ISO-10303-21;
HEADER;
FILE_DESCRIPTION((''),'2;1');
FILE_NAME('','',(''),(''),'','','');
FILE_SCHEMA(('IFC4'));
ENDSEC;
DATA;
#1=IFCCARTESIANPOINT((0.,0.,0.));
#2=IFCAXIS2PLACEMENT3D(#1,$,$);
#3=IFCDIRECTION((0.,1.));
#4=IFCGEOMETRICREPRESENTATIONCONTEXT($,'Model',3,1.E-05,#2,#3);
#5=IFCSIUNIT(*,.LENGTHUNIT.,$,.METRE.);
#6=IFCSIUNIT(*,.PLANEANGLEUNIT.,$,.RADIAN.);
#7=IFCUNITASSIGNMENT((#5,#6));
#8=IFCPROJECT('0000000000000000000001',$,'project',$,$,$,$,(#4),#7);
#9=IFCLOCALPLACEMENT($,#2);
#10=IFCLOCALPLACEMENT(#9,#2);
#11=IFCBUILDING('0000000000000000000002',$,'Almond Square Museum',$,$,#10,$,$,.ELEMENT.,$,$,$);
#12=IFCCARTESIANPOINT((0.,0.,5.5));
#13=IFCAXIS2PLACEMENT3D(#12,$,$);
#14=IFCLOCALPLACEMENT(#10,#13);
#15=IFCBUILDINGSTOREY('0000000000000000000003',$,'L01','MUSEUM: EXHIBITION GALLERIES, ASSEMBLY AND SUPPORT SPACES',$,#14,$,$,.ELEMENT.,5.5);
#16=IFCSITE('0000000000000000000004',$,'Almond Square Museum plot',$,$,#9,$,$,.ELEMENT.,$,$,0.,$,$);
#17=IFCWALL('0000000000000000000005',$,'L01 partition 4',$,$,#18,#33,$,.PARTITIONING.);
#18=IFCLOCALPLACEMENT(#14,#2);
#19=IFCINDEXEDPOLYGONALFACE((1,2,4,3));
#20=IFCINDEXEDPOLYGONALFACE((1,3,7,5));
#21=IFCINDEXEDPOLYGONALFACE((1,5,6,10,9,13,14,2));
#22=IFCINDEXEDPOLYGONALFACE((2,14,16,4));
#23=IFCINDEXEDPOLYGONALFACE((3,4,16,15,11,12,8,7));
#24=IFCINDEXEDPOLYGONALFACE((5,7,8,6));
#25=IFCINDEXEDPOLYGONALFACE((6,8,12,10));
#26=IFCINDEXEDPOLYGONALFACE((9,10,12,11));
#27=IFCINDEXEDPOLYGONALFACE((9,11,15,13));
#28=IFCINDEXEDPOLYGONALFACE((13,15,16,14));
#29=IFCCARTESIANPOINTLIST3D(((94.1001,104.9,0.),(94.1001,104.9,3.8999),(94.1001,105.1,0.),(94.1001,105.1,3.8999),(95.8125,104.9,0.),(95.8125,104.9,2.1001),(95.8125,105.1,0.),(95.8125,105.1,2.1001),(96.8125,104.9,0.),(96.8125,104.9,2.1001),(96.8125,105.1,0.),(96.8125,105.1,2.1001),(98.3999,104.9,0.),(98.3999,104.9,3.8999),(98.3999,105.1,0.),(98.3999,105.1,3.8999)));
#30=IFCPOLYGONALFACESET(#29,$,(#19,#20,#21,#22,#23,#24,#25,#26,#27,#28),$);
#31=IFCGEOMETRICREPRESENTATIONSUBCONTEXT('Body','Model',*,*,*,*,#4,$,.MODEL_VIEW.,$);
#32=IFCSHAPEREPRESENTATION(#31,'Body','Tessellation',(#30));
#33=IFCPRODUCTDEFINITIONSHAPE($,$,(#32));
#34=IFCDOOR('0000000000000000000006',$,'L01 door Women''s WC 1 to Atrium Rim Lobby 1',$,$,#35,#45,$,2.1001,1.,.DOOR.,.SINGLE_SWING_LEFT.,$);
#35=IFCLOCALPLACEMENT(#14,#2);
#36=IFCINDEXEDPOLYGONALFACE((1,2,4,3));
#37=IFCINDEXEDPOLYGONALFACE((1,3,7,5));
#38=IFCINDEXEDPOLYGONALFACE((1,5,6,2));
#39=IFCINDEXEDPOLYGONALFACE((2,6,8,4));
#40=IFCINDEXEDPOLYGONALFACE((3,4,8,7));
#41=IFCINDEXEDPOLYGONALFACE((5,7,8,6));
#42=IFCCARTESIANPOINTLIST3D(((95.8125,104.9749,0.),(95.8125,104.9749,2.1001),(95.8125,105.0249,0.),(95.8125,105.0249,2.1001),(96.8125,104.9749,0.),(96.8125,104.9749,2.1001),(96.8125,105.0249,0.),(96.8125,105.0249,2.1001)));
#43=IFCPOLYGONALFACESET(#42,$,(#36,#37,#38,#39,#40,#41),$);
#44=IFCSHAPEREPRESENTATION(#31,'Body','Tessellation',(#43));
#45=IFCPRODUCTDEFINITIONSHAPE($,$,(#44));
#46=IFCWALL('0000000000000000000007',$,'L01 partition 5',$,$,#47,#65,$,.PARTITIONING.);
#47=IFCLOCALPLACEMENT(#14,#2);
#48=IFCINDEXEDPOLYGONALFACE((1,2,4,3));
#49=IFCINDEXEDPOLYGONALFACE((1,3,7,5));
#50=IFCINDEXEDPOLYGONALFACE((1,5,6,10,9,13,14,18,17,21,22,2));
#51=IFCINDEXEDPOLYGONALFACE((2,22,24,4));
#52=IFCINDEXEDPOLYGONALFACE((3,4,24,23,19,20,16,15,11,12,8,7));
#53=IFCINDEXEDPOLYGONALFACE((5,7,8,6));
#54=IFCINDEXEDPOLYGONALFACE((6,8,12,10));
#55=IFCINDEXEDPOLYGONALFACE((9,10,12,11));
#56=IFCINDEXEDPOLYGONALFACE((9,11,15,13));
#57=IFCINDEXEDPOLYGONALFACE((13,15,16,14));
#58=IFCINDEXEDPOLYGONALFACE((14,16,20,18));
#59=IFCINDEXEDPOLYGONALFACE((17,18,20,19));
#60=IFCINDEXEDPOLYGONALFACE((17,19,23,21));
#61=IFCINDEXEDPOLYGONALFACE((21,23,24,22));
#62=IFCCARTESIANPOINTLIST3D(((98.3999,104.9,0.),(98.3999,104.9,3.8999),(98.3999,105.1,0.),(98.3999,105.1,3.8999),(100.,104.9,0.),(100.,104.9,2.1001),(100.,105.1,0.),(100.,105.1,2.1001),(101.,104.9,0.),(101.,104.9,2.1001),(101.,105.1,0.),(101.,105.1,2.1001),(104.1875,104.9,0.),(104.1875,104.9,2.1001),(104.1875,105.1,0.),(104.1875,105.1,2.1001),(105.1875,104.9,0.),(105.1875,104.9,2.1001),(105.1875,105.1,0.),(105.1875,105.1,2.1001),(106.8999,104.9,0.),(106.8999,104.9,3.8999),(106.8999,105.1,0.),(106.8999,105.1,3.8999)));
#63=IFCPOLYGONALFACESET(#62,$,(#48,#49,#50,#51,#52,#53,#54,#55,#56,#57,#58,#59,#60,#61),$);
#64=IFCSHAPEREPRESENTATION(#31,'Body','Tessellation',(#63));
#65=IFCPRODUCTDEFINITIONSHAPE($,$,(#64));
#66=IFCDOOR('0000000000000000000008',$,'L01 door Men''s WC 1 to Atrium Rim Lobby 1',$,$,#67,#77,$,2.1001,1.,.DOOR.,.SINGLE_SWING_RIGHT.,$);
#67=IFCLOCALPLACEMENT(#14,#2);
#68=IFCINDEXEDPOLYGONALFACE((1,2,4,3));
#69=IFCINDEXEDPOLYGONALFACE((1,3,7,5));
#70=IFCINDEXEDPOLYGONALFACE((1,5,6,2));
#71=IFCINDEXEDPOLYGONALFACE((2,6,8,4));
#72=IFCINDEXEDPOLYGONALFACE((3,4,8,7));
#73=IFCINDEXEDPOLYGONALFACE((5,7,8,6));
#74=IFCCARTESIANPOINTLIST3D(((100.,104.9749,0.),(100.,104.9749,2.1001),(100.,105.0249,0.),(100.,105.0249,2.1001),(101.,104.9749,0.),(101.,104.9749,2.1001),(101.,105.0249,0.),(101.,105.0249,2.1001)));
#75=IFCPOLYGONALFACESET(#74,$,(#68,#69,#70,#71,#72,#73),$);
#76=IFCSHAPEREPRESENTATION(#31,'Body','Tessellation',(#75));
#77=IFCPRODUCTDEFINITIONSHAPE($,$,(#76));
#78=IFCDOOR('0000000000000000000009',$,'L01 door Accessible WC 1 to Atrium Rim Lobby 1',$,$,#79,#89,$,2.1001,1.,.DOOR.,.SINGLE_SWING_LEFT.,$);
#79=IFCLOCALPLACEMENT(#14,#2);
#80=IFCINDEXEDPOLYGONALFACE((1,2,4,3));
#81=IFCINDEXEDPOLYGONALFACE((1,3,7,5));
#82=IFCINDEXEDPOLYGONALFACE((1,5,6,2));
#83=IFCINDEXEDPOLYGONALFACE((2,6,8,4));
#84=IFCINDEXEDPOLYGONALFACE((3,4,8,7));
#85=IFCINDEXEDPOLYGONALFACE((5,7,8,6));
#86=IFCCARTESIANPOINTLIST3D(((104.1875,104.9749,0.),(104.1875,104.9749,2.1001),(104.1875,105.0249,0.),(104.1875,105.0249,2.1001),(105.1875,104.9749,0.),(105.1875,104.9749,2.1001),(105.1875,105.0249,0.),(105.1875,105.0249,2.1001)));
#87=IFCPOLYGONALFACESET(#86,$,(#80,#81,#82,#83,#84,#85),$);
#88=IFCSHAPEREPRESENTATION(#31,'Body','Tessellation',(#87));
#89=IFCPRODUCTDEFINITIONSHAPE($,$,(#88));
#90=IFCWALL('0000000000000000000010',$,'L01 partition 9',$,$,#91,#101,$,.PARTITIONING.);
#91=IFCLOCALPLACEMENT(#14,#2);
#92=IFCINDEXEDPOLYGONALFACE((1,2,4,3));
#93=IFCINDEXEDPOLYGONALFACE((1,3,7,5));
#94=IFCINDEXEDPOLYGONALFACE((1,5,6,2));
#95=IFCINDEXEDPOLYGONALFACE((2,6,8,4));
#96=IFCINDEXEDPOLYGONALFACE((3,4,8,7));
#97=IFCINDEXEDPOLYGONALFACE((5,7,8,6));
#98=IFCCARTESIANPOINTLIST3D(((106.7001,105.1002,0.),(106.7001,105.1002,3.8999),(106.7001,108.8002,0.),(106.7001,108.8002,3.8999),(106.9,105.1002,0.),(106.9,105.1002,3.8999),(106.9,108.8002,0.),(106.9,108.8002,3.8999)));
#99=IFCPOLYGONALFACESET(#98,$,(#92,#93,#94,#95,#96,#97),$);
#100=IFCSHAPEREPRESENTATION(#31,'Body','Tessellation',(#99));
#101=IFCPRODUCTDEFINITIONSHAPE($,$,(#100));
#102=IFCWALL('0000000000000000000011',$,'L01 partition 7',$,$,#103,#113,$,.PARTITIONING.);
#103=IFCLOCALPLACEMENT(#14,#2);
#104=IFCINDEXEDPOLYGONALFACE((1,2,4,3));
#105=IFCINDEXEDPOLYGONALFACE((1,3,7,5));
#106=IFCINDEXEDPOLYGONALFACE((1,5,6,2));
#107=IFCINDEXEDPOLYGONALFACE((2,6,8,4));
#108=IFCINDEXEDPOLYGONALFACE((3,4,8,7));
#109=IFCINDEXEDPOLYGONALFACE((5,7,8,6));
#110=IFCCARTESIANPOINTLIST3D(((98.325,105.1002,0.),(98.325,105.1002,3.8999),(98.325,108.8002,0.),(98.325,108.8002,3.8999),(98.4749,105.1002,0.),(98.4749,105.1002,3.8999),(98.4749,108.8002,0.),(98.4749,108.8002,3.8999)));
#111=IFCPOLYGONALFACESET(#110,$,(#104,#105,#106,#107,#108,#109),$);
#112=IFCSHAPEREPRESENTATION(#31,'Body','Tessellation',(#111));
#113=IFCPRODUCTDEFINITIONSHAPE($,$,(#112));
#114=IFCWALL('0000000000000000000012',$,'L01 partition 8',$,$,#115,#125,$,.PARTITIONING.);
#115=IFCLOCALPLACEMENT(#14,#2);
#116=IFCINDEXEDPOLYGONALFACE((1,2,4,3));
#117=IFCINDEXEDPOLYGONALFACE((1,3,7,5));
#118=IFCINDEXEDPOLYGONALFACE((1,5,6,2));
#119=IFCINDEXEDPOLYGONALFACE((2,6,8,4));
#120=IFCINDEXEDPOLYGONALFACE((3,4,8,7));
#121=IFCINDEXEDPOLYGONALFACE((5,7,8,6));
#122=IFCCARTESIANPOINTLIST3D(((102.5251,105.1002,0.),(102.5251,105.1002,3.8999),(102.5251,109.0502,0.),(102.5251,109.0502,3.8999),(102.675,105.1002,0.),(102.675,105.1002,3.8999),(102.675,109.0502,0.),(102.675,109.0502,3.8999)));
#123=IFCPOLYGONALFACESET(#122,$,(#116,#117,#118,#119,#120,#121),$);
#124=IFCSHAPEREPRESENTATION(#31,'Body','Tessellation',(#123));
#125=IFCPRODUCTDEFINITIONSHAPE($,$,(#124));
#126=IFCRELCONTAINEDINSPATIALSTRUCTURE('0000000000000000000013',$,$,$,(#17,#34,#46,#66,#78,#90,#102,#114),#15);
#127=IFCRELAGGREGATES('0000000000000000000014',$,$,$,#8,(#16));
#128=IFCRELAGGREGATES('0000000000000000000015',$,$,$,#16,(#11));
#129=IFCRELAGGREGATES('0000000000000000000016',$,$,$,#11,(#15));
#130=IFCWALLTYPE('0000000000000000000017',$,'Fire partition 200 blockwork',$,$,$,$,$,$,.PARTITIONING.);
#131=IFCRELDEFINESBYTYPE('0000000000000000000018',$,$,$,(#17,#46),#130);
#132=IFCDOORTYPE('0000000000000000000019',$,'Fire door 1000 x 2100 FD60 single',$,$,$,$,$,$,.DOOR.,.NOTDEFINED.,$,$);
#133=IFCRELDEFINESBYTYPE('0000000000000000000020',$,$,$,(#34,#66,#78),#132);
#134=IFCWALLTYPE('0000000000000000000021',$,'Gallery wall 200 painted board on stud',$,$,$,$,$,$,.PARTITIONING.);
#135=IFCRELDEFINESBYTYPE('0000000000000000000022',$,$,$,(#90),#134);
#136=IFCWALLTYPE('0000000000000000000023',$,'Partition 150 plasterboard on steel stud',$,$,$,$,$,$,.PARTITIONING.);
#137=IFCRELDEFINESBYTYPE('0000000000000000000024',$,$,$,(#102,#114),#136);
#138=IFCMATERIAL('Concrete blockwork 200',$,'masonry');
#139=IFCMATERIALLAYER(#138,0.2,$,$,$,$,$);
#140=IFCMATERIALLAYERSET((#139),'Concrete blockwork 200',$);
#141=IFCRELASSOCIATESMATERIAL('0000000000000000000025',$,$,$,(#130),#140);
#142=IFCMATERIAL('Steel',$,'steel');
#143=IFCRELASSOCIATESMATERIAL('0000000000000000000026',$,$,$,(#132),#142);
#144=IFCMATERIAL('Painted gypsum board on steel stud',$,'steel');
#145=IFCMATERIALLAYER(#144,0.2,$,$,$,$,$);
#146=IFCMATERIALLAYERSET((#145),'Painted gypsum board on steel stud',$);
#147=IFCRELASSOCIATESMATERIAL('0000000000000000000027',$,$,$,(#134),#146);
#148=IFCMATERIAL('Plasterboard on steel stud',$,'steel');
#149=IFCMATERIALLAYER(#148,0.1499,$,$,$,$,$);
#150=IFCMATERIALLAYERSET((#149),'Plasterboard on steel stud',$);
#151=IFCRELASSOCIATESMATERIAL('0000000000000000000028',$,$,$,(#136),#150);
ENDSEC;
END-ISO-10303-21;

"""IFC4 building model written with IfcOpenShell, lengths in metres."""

from ifc_helpers import new_model, si_unit, direction, frame, frame_2d, origin, place, context, subcontext, project, spatial, rectangle, extrude, material, layer, layer_set, type_object, element, fill, save


model = new_model("IFC4")

# Units and contexts
model_context = context("Model", 3, precision=1e-05, world=origin(), true_north=direction((0.0, 1.0)))
body_context = subcontext(model_context, "Body", "Model", "MODEL_VIEW")
ifc_project = project(units=[si_unit("LENGTHUNIT", "METRE"), si_unit("PLANEANGLEUNIT", "RADIAN")], contexts=[model_context])

# Site, building, storey
site_placement = place(None, origin())
site = spatial("IfcSite", under=ifc_project, at=site_placement, Name="Almond Square Museum plot", CompositionType="ELEMENT", RefElevation=0.0)
building_placement = place(site_placement, origin())
building = spatial("IfcBuilding", under=site, at=building_placement, Name="Almond Square Museum", CompositionType="ELEMENT")
storey_placement = place(building_placement, frame((0.0, 0.0, 5.5)))
storey = spatial("IfcBuildingStorey", under=building, at=storey_placement, Name="L01", Description="MUSEUM: EXHIBITION GALLERIES, ASSEMBLY AND SUPPORT SPACES", CompositionType="ELEMENT", Elevation=5.5)

# Shared definitions
ifc_material_1 = material(Name="Concrete blockwork 200", Category="masonry")
ifc_layer_1 = layer(ifc_material_1, 0.2)
ifc_layer_set_1 = layer_set([ifc_layer_1], Name="Concrete blockwork 200")
wall_type_1 = type_object("IfcWallType", Name="Fire partition 200 blockwork", PredefinedType="PARTITIONING", material=ifc_layer_set_1)

# Wall, opening, door
wall_1_placement = place(storey_placement, frame((94.1001, 105.0, 0.0), z_axis=(0.0, 0.0, 1.0), x_axis=(1.0, 0.0, 0.0)))
wall_1 = element("IfcWall", 1, at=wall_1_placement, inside=storey, type_object=wall_type_1, Name="L01 partition 4", PredefinedType="PARTITIONING", context=body_context, shape_type="SweptSolid", body=[
    extrude(rectangle(XDim=4.2998, YDim=0.2, at=frame_2d((2.1499, 0.0))), origin(), (0.0, 0.0, 1.0), 3.8999),
])
opening_1_placement = place(wall_1_placement, frame((1.7124, 0.0, 0.0)))
opening_1 = element("IfcOpeningElement", 2, at=opening_1_placement, cuts=wall_1, PredefinedType="OPENING", context=body_context, shape_type="SweptSolid", body=[
    extrude(rectangle(XDim=1.0, YDim=2.1001, at=frame_2d((0.5, 1.05))), frame((0.0, 0.1099, 0.0), z_axis=(0.0, -1.0, 0.0), x_axis=(1.0, 0.0, 0.0)), (0.0, 0.0, 1.0), 0.22),
])
ifc_material_2 = material(Name="Steel", Category="steel")
door_type_1 = type_object("IfcDoorType", Name="Fire door 1000 x 2100 FD60 single", OperationType="NOTDEFINED", PredefinedType="DOOR", material=ifc_material_2)
door_1_placement = place(opening_1_placement, origin())
door_1 = element("IfcDoor", 3, at=door_1_placement, inside=storey, type_object=door_type_1, Name="L01 door Women's WC 1 to Atrium Rim Lobby 1", OperationType="SINGLE_SWING_LEFT", OverallHeight=2.1001, OverallWidth=1.0, PredefinedType="DOOR", context=body_context, shape_type="SweptSolid", body=[
    extrude(rectangle(XDim=1.0, YDim=2.1001, at=frame_2d((0.5, 1.05))), frame((0.0, 0.0249, 0.0), z_axis=(0.0, -1.0, 0.0), x_axis=(1.0, 0.0, 0.0)), (0.0, 0.0, 1.0), 0.05),
])
fill(opening_1, door_1)

# Wall, openings, doors
wall_2_placement = place(storey_placement, frame((98.3999, 105.0, 0.0), z_axis=(0.0, 0.0, 1.0), x_axis=(1.0, 0.0, 0.0)))
wall_2 = element("IfcWall", 4, at=wall_2_placement, inside=storey, type_object=wall_type_1, Name="L01 partition 5", PredefinedType="PARTITIONING", context=body_context, shape_type="SweptSolid", body=[
    extrude(rectangle(XDim=8.5, YDim=0.2, at=frame_2d((4.25, 0.0))), origin(), (0.0, 0.0, 1.0), 3.8999),
])
opening_2_placement = place(wall_2_placement, frame((1.6001, 0.0, 0.0)))
opening_2 = element("IfcOpeningElement", 5, at=opening_2_placement, cuts=wall_2, PredefinedType="OPENING", context=body_context, shape_type="SweptSolid", body=[
    extrude(rectangle(XDim=1.0, YDim=2.1001, at=frame_2d((0.5, 1.05))), frame((0.0, 0.1099, 0.0), z_axis=(0.0, -1.0, 0.0), x_axis=(1.0, 0.0, 0.0)), (0.0, 0.0, 1.0), 0.22),
])
opening_3_placement = place(wall_2_placement, frame((5.7876, 0.0, 0.0)))
opening_3 = element("IfcOpeningElement", 6, at=opening_3_placement, cuts=wall_2, PredefinedType="OPENING", context=body_context, shape_type="SweptSolid", body=[
    extrude(rectangle(XDim=1.0, YDim=2.1001, at=frame_2d((0.5, 1.05))), frame((0.0, 0.1099, 0.0), z_axis=(0.0, -1.0, 0.0), x_axis=(1.0, 0.0, 0.0)), (0.0, 0.0, 1.0), 0.22),
])
door_2_placement = place(opening_2_placement, origin())
door_2 = element("IfcDoor", 7, at=door_2_placement, inside=storey, type_object=door_type_1, Name="L01 door Men's WC 1 to Atrium Rim Lobby 1", OperationType="SINGLE_SWING_RIGHT", OverallHeight=2.1001, OverallWidth=1.0, PredefinedType="DOOR", context=body_context, shape_type="SweptSolid", body=[
    extrude(rectangle(XDim=1.0, YDim=2.1001, at=frame_2d((0.5, 1.05))), frame((0.0, 0.0249, 0.0), z_axis=(0.0, -1.0, 0.0), x_axis=(1.0, 0.0, 0.0)), (0.0, 0.0, 1.0), 0.05),
])
fill(opening_2, door_2)
door_3_placement = place(opening_3_placement, origin())
door_3 = element("IfcDoor", 8, at=door_3_placement, inside=storey, type_object=door_type_1, Name="L01 door Accessible WC 1 to Atrium Rim Lobby 1", OperationType="SINGLE_SWING_LEFT", OverallHeight=2.1001, OverallWidth=1.0, PredefinedType="DOOR", context=body_context, shape_type="SweptSolid", body=[
    extrude(rectangle(XDim=1.0, YDim=2.1001, at=frame_2d((0.5, 1.05))), frame((0.0, 0.0249, 0.0), z_axis=(0.0, -1.0, 0.0), x_axis=(1.0, 0.0, 0.0)), (0.0, 0.0, 1.0), 0.05),
])
fill(opening_3, door_3)

# Walls
ifc_material_3 = material(Name="Painted gypsum board on steel stud", Category="steel")
ifc_layer_2 = layer(ifc_material_3, 0.2)
ifc_layer_set_2 = layer_set([ifc_layer_2], Name="Painted gypsum board on steel stud")
wall_type_2 = type_object("IfcWallType", Name="Gallery wall 200 painted board on stud", PredefinedType="PARTITIONING", material=ifc_layer_set_2)
wall_3_placement = place(storey_placement, frame((106.8, 105.1001, 0.0), z_axis=(0.0, 0.0, 1.0), x_axis=(0.0, 1.0, 0.0)))
element("IfcWall", 9, at=wall_3_placement, inside=storey, type_object=wall_type_2, Name="L01 partition 9", PredefinedType="PARTITIONING", context=body_context, shape_type="SweptSolid", body=[
    extrude(rectangle(XDim=3.7, YDim=0.2, at=frame_2d((1.8501, 0.0))), origin(), (0.0, 0.0, 1.0), 3.8999),
])
ifc_material_4 = material(Name="Plasterboard on steel stud", Category="steel")
ifc_layer_3 = layer(ifc_material_4, 0.1499)
ifc_layer_set_3 = layer_set([ifc_layer_3], Name="Plasterboard on steel stud")
wall_type_3 = type_object("IfcWallType", Name="Partition 150 plasterboard on steel stud", PredefinedType="PARTITIONING", material=ifc_layer_set_3)
wall_4_placement = place(storey_placement, frame((98.3999, 105.1001, 0.0), z_axis=(0.0, 0.0, 1.0), x_axis=(0.0, 1.0, 0.0)))
element("IfcWall", 10, at=wall_4_placement, inside=storey, type_object=wall_type_3, Name="L01 partition 7", PredefinedType="PARTITIONING", context=body_context, shape_type="SweptSolid", body=[
    extrude(rectangle(XDim=3.7, YDim=0.1499, at=frame_2d((1.8501, 0.0))), origin(), (0.0, 0.0, 1.0), 3.8999),
])
wall_5_placement = place(storey_placement, frame((102.6001, 105.1001, 0.0), z_axis=(0.0, 0.0, 1.0), x_axis=(0.0, 1.0, 0.0)))
element("IfcWall", 11, at=wall_5_placement, inside=storey, type_object=wall_type_3, Name="L01 partition 8", PredefinedType="PARTITIONING", context=body_context, shape_type="SweptSolid", body=[
    extrude(rectangle(XDim=3.95, YDim=0.1499, at=frame_2d((1.9751, 0.0))), origin(), (0.0, 0.0, 1.0), 3.8999),
])

save(model, "model.ifc")
